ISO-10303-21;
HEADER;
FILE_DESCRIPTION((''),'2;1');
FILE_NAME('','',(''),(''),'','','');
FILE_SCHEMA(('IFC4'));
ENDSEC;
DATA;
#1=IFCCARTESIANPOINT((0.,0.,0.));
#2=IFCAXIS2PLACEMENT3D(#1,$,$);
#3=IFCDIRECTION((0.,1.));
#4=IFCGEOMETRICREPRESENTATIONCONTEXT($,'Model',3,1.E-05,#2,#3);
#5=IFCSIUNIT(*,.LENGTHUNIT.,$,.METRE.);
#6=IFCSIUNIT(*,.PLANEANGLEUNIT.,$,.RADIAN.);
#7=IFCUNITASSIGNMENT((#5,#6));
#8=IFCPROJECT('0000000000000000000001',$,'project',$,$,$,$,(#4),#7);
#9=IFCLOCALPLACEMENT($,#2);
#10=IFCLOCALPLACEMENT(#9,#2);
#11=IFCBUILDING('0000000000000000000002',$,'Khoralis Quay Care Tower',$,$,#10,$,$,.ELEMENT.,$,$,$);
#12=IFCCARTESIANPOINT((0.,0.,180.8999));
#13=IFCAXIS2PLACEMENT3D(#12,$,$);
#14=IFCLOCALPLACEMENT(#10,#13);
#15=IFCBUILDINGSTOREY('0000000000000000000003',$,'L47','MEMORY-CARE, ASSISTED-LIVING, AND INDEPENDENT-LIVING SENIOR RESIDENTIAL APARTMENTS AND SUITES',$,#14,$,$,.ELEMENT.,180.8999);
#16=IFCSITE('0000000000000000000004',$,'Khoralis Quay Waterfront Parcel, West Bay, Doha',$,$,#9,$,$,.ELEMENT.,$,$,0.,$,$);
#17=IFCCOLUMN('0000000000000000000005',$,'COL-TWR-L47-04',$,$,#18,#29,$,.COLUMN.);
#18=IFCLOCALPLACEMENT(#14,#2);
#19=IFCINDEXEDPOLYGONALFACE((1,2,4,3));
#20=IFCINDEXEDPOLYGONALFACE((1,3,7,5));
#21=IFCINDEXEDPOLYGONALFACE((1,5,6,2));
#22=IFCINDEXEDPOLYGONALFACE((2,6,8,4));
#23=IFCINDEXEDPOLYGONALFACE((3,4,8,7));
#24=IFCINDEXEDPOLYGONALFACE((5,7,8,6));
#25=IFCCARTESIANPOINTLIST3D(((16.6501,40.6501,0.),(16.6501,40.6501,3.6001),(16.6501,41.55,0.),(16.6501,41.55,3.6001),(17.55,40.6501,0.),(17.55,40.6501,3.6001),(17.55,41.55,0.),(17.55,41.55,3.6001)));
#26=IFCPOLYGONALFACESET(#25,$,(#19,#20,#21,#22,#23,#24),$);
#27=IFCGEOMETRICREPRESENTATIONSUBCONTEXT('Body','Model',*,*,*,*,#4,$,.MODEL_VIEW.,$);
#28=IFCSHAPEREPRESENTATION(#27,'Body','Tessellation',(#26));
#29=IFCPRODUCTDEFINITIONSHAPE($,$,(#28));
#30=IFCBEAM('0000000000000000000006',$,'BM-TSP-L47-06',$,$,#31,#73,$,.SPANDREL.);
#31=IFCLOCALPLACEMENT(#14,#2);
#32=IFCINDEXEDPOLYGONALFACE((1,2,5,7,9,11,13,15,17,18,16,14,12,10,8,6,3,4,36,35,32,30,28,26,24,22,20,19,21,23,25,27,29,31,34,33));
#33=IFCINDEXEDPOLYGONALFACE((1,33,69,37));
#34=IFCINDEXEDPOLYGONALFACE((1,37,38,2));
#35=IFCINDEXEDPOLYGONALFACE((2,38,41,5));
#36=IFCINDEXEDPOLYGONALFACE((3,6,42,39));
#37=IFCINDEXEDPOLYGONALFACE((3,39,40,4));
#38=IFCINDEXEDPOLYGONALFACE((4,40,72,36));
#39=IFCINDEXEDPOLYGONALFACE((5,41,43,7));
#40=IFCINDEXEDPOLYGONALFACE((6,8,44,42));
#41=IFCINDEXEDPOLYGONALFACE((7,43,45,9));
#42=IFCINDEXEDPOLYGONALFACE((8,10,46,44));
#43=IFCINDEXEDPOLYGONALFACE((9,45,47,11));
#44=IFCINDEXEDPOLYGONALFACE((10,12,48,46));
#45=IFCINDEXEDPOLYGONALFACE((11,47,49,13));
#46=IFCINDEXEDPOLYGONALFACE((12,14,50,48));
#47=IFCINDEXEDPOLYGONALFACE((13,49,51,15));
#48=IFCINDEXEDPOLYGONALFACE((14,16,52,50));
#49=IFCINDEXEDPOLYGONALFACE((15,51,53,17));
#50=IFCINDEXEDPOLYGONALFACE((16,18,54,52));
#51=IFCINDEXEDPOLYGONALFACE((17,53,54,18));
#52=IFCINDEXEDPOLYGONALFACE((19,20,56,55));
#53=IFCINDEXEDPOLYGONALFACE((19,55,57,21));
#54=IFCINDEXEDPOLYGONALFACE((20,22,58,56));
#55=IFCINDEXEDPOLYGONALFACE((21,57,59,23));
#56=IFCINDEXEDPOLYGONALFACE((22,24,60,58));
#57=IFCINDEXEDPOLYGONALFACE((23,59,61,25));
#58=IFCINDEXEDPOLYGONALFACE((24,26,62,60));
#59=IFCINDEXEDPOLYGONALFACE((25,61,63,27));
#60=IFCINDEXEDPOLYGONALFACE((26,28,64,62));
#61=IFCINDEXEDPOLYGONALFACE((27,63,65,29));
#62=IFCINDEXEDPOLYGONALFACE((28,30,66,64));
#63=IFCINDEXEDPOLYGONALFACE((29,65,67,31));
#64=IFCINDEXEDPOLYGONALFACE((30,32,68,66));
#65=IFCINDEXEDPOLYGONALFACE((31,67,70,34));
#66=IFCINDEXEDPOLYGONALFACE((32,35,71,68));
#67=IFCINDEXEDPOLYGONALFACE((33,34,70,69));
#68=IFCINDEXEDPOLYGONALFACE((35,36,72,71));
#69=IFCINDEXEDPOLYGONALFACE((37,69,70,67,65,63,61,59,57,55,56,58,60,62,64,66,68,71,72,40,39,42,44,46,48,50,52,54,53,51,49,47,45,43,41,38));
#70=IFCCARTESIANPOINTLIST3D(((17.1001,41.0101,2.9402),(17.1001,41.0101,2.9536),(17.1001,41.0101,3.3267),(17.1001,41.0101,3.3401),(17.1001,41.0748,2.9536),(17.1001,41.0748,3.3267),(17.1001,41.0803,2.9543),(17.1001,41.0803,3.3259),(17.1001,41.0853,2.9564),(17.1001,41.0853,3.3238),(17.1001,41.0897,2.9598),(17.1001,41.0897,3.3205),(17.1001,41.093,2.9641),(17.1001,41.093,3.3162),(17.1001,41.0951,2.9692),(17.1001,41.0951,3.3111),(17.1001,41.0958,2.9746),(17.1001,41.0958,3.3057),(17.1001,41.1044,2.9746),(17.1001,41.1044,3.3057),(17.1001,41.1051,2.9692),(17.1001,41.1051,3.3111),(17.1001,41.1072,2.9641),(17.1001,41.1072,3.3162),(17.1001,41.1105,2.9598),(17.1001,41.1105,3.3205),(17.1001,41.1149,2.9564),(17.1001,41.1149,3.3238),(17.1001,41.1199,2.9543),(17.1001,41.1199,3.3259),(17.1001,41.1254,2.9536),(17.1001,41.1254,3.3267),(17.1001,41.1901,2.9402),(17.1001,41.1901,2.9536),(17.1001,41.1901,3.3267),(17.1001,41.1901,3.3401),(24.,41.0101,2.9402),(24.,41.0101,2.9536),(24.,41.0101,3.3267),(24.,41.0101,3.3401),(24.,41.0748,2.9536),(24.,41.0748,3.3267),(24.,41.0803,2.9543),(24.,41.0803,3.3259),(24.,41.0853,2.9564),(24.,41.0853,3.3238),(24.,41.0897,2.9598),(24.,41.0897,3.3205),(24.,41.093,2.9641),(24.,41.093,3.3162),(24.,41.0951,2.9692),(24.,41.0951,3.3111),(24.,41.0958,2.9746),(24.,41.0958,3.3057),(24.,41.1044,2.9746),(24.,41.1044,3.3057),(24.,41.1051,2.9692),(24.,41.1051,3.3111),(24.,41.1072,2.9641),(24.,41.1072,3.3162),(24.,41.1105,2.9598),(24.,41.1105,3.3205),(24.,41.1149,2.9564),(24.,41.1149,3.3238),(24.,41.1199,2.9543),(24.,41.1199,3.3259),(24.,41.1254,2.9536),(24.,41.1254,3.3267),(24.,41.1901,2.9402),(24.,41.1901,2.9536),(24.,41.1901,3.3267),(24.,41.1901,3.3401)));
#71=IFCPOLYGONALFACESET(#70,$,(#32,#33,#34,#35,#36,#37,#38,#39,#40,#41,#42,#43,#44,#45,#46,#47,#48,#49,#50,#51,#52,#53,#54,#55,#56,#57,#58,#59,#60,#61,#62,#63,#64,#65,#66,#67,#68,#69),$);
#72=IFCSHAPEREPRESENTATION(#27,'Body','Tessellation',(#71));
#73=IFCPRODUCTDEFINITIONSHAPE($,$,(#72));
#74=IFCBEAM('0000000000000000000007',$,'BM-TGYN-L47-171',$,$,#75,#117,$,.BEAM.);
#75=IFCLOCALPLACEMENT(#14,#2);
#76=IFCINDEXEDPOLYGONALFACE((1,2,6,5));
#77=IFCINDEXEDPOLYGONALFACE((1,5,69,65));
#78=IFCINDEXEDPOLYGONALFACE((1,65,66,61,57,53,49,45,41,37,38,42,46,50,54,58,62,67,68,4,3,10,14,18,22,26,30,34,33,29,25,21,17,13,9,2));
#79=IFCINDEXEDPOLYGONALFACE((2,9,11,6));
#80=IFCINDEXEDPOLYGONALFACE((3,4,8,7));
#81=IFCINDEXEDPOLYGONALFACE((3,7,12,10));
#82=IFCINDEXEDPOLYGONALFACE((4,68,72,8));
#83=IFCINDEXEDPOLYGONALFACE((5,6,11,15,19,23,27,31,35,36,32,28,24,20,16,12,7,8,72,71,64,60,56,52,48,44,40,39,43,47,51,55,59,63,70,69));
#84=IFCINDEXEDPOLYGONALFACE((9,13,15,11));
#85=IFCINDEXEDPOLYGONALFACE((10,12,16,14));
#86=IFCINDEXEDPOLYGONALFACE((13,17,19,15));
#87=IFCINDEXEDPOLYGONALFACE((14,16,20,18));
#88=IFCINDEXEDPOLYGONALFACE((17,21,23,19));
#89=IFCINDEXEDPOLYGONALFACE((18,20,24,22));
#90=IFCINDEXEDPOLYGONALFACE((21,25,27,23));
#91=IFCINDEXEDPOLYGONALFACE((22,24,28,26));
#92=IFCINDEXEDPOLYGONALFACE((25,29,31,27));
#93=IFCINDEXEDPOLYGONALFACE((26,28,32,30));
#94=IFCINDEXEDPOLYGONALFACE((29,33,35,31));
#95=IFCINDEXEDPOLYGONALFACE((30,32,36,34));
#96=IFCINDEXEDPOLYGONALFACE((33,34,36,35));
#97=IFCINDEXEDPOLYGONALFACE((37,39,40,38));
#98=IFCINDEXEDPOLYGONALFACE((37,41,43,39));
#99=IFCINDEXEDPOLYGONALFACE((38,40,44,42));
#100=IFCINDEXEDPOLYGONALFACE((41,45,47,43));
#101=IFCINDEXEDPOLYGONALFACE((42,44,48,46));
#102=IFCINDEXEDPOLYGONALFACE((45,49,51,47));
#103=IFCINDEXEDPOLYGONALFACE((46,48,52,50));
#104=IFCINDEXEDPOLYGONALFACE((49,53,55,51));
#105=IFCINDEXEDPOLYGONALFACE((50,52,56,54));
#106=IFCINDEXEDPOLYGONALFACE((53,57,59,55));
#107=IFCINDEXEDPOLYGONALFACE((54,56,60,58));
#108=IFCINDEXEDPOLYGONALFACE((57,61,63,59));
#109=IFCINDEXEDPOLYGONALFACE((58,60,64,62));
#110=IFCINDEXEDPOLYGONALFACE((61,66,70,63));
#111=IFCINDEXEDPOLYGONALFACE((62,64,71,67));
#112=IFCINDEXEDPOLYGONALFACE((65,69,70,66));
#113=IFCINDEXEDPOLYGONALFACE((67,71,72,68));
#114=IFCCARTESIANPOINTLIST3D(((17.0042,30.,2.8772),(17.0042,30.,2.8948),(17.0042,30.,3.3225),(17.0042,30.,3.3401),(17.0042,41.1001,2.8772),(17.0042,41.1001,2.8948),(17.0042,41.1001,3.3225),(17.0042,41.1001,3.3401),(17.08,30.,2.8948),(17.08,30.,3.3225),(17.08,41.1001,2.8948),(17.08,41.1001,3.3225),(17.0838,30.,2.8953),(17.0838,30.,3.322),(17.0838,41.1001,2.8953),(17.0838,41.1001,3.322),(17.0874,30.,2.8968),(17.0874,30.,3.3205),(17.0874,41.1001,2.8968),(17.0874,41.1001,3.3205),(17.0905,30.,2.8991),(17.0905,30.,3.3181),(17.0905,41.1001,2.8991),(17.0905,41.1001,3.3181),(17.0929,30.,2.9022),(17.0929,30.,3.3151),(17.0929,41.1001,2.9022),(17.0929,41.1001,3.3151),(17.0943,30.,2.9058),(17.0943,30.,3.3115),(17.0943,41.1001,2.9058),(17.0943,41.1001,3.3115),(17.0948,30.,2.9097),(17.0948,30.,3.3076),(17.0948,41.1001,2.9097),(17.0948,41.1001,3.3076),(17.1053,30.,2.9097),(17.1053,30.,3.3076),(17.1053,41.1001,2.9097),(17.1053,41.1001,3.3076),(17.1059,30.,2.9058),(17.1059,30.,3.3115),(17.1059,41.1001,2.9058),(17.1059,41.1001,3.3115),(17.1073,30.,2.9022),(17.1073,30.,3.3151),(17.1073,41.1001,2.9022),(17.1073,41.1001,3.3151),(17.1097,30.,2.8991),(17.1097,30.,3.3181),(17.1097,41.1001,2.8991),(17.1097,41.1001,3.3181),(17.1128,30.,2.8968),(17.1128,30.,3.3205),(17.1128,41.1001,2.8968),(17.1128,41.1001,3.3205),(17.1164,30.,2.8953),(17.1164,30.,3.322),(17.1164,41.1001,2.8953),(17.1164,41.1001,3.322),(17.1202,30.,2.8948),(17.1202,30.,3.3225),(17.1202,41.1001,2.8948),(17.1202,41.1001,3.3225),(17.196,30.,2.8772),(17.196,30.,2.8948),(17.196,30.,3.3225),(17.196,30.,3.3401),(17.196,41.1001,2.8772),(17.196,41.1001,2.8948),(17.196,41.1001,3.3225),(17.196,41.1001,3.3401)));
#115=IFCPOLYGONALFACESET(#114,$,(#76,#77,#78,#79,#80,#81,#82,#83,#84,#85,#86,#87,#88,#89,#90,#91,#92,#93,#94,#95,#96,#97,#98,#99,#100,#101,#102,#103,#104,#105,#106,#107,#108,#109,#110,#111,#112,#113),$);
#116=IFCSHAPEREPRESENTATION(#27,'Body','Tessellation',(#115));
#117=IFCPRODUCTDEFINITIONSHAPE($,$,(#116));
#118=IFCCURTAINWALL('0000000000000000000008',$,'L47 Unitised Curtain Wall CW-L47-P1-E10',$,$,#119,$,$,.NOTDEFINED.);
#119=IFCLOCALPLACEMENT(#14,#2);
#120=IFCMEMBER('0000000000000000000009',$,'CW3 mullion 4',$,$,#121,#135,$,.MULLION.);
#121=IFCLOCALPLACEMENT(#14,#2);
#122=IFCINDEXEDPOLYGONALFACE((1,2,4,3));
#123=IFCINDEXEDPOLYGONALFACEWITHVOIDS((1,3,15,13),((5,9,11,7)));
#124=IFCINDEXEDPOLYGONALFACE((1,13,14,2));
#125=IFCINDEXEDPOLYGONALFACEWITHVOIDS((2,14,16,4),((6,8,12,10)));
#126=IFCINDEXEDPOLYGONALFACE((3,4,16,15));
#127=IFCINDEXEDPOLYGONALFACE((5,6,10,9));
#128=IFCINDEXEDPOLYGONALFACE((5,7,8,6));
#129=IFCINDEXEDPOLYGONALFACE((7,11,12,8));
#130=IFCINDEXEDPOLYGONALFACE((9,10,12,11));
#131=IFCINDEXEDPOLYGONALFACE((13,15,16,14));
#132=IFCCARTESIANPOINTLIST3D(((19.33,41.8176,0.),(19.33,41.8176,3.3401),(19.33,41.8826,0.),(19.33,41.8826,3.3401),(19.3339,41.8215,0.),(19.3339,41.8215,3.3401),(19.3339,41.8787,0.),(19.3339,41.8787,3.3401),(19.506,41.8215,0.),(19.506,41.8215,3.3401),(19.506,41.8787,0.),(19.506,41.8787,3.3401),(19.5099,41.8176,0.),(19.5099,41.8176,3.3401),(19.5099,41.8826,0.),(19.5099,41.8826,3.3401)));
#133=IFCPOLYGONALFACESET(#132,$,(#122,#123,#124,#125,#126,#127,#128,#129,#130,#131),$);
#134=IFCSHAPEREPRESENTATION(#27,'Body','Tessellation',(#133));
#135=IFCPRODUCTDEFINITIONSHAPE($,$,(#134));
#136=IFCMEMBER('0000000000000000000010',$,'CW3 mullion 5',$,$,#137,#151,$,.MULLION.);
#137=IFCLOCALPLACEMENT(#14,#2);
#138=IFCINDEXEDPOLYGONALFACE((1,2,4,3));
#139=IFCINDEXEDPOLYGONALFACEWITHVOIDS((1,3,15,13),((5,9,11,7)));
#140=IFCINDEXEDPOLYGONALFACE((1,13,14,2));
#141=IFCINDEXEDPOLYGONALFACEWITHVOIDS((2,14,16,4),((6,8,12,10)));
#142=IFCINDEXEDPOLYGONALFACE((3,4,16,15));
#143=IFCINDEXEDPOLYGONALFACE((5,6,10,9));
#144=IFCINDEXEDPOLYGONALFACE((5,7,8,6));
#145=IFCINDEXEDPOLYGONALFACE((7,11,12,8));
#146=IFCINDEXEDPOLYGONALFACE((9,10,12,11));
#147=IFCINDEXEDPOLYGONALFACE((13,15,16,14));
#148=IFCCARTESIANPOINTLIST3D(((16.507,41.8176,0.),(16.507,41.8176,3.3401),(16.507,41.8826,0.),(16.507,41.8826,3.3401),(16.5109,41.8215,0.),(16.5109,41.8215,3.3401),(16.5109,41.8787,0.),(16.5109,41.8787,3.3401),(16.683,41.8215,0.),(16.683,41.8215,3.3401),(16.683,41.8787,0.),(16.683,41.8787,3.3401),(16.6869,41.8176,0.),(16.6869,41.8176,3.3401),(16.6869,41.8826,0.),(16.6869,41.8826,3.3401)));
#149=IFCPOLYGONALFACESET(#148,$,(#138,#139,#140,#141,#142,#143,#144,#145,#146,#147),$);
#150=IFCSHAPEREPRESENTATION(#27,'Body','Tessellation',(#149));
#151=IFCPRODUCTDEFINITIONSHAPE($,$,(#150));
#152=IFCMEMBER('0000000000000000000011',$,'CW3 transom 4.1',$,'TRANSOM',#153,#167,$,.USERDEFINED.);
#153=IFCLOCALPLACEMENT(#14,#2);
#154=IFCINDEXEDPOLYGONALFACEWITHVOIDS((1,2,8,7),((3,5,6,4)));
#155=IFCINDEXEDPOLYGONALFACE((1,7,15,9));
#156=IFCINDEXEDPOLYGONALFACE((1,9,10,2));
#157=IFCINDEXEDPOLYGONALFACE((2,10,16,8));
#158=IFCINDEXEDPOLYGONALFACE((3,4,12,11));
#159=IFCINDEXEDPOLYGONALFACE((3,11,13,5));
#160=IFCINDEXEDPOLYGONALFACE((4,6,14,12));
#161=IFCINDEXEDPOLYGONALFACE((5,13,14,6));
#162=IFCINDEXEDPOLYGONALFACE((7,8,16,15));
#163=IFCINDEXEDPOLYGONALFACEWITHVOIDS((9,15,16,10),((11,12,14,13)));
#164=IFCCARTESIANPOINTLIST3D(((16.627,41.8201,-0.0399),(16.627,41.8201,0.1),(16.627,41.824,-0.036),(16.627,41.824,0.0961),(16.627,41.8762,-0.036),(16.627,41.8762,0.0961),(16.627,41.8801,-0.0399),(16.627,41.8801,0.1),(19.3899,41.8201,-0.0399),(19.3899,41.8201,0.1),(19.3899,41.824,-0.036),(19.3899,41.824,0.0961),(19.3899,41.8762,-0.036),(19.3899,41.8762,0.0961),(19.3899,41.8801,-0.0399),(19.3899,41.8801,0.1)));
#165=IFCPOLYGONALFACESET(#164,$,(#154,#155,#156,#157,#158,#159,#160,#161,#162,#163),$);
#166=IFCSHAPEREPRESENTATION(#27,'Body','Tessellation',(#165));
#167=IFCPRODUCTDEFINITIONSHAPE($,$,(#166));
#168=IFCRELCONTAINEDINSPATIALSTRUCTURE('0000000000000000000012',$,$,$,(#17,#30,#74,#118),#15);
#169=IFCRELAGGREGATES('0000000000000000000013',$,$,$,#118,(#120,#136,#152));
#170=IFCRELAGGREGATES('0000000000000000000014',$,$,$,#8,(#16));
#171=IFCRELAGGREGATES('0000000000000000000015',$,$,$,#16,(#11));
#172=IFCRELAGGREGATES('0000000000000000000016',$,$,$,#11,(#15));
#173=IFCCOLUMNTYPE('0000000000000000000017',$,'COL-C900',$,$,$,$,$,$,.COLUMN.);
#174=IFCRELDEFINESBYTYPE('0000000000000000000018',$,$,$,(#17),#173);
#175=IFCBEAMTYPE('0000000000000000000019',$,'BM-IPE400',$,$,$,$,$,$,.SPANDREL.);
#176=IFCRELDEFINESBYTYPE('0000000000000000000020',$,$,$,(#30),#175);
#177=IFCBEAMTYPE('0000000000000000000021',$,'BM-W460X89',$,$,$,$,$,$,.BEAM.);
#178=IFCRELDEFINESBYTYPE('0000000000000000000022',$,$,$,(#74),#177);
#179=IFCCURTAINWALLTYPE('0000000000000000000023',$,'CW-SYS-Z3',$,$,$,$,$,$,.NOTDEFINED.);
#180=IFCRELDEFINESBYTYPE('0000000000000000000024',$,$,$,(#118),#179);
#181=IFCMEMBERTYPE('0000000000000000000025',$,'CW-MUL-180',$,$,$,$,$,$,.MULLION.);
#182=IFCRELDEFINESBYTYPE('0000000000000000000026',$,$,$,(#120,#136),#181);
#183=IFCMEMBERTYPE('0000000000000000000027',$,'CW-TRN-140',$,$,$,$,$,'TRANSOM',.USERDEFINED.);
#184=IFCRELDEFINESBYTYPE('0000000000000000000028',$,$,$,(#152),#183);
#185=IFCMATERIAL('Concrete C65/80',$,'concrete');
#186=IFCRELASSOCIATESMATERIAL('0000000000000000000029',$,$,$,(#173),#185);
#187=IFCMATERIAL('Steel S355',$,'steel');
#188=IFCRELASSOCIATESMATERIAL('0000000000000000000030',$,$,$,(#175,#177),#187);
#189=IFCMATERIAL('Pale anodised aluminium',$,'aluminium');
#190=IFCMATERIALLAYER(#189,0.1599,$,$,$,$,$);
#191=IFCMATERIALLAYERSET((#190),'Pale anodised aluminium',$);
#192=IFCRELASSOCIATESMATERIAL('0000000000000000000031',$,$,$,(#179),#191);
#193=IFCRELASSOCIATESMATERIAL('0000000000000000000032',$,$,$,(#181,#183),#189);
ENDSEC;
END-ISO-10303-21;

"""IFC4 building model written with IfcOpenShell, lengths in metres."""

from ifc_helpers import new_model, si_unit, direction, frame, origin, origin_2d, place, context, subcontext, project, spatial, rectangle, hollow_rectangle, i_section, extrude, source, transform, mapped, material, layer, layer_set, material_profile, profile_set, type_object, element, aggregate, save


model = new_model("IFC4")

# Units and contexts
model_context = context("Model", 3, precision=1e-05, world=origin(), true_north=direction((0.0, 1.0)))
body_context = subcontext(model_context, "Body", "Model", "MODEL_VIEW")
ifc_project = project(units=[si_unit("LENGTHUNIT", "METRE"), si_unit("PLANEANGLEUNIT", "RADIAN")], contexts=[model_context])

# Site, building, storey
site_placement = place(None, origin())
site = spatial("IfcSite", under=ifc_project, at=site_placement, Name="Khoralis Quay Waterfront Parcel, West Bay, Doha", CompositionType="ELEMENT", RefElevation=0.0)
building_placement = place(site_placement, origin())
building = spatial("IfcBuilding", under=site, at=building_placement, Name="Khoralis Quay Care Tower", CompositionType="ELEMENT")
storey_placement = place(building_placement, frame((0.0, 0.0, 180.8999)))
storey = spatial("IfcBuildingStorey", under=building, at=storey_placement, Name="L47", Description="MEMORY-CARE, ASSISTED-LIVING, AND INDEPENDENT-LIVING SENIOR RESIDENTIAL APARTMENTS AND SUITES", CompositionType="ELEMENT", Elevation=180.8999)

# Column
ifc_material_1 = material(Name="Concrete C65/80", Category="concrete")
ifc_material_profile_1 = material_profile(ifc_material_1, rectangle(XDim=0.8999, YDim=0.8999, at=origin_2d()), Name="Concrete C65/80")
ifc_profile_set_1 = profile_set([ifc_material_profile_1], Name="Concrete C65/80")
column_type = type_object("IfcColumnType", Name="COL-C900", PredefinedType="COLUMN", material=ifc_profile_set_1)
shared_shape_1 = source(origin(), body_context, "Body", "SweptSolid", [
    extrude(rectangle(XDim=0.8999, YDim=0.8999, at=origin_2d()), origin(), (0.0, 0.0, 1.0), 3.6001),
])
column_placement = place(storey_placement, frame((17.1001, 41.1001, 0.0), z_axis=(0.0, 0.0, 1.0), x_axis=(1.0, 0.0, 0.0)))
element("IfcColumn", 1, at=column_placement, inside=storey, type_object=column_type, Name="COL-TWR-L47-04", PredefinedType="COLUMN", context=body_context, shape_type="MappedRepresentation", body=[
    mapped(shared_shape_1, transform((0.0, 0.0, 0.0), scale=1.0)),
])

# Beams
ifc_material_2 = material(Name="Steel S355", Category="steel")
ifc_material_profile_2 = material_profile(ifc_material_2, i_section(OverallWidth=0.1799, OverallDepth=0.3999, WebThickness=0.0085, FlangeThickness=0.0134, FilletRadius=0.021, at=origin_2d()), Name="Steel S355")
ifc_profile_set_2 = profile_set([ifc_material_profile_2], Name="Steel S355")
beam_type_1 = type_object("IfcBeamType", Name="BM-IPE400", PredefinedType="SPANDREL", material=ifc_profile_set_2)
shared_shape_2 = source(origin(), body_context, "Body", "SweptSolid", [
    extrude(i_section(OverallWidth=0.1799, OverallDepth=0.3999, WebThickness=0.0085, FlangeThickness=0.0134, FilletRadius=0.021, at=origin_2d()), origin(), (0.0, 0.0, 1.0), 6.8999),
])
beam_1_placement = place(storey_placement, frame((17.1001, 41.1001, 3.1401), z_axis=(1.0, 0.0, 0.0), x_axis=(0.0, 1.0, 0.0)))
element("IfcBeam", 2, at=beam_1_placement, inside=storey, type_object=beam_type_1, Name="BM-TSP-L47-06", PredefinedType="SPANDREL", context=body_context, shape_type="MappedRepresentation", body=[
    mapped(shared_shape_2, transform((0.0, 0.0, 0.0), scale=1.0)),
])
ifc_material_profile_3 = material_profile(ifc_material_2, i_section(OverallWidth=0.1919, OverallDepth=0.4629, WebThickness=0.0105, FlangeThickness=0.0176, FilletRadius=0.0149, at=origin_2d()), Name="Steel S355")
ifc_profile_set_3 = profile_set([ifc_material_profile_3], Name="Steel S355")
beam_type_2 = type_object("IfcBeamType", Name="BM-W460X89", PredefinedType="BEAM", material=ifc_profile_set_3)
shared_shape_3 = source(origin(), body_context, "Body", "SweptSolid", [
    extrude(i_section(OverallWidth=0.1919, OverallDepth=0.4629, WebThickness=0.0105, FlangeThickness=0.0176, FilletRadius=0.0149, at=origin_2d()), origin(), (0.0, 0.0, 1.0), 11.1001),
])
beam_2_placement = place(storey_placement, frame((17.1001, 30.0, 3.1086), z_axis=(0.0, 1.0, 0.0), x_axis=(-1.0, 0.0, 0.0)))
element("IfcBeam", 3, at=beam_2_placement, inside=storey, type_object=beam_type_2, Name="BM-TGYN-L47-171", PredefinedType="BEAM", context=body_context, shape_type="MappedRepresentation", body=[
    mapped(shared_shape_3, transform((0.0, 0.0, 0.0), scale=1.0)),
])

# Curtain wall, members
ifc_material_3 = material(Name="Pale anodised aluminium", Category="aluminium")
ifc_layer_1 = layer(ifc_material_3, 0.1599)
ifc_layer_set_1 = layer_set([ifc_layer_1], Name="Pale anodised aluminium")
curtain_wall_type = type_object("IfcCurtainWallType", Name="CW-SYS-Z3", PredefinedType="NOTDEFINED", material=ifc_layer_set_1)
curtain_wall_placement = place(storey_placement, origin())
curtain_wall = element("IfcCurtainWall", 4, at=curtain_wall_placement, inside=storey, type_object=curtain_wall_type, Name="L47 Unitised Curtain Wall CW-L47-P1-E10", PredefinedType="NOTDEFINED")
ifc_material_profile_4 = material_profile(ifc_material_3, hollow_rectangle(XDim=0.0649, YDim=0.1799, WallThickness=0.0039, at=origin_2d()), Name="Pale anodised aluminium")
ifc_profile_set_4 = profile_set([ifc_material_profile_4], Name="Pale anodised aluminium")
member_type_1 = type_object("IfcMemberType", Name="CW-MUL-180", PredefinedType="MULLION", material=ifc_profile_set_4)
shared_shape_4 = source(origin(), body_context, "Body", "SweptSolid", [
    extrude(hollow_rectangle(XDim=0.0649, YDim=0.1799, WallThickness=0.0039, at=origin_2d()), origin(), (0.0, 0.0, 1.0), 3.3401),
])
member_1_placement = place(storey_placement, frame((19.4199, 41.8501, 0.0), z_axis=(0.0, 0.0, 1.0), x_axis=(0.0, -1.0, 0.0)))
member_1 = element("IfcMember", 5, at=member_1_placement, type_object=member_type_1, Name="CW3 mullion 4", PredefinedType="MULLION", context=body_context, shape_type="MappedRepresentation", body=[
    mapped(shared_shape_4, transform((0.0, 0.0, 0.0), scale=1.0)),
])
member_2_placement = place(storey_placement, frame((16.5969, 41.8501, 0.0), z_axis=(0.0, 0.0, 1.0), x_axis=(0.0, -1.0, 0.0)))
member_2 = element("IfcMember", 6, at=member_2_placement, type_object=member_type_1, Name="CW3 mullion 5", PredefinedType="MULLION", context=body_context, shape_type="MappedRepresentation", body=[
    mapped(shared_shape_4, transform((0.0, 0.0, 0.0), scale=1.0)),
])
ifc_material_profile_5 = material_profile(ifc_material_3, hollow_rectangle(XDim=0.0601, YDim=0.1399, WallThickness=0.0039, at=origin_2d()), Name="Pale anodised aluminium")
ifc_profile_set_5 = profile_set([ifc_material_profile_5], Name="Pale anodised aluminium")
member_type_2 = type_object("IfcMemberType", Name="CW-TRN-140", ElementType="TRANSOM", PredefinedType="USERDEFINED", material=ifc_profile_set_5)
shared_shape_5 = source(origin(), body_context, "Body", "SweptSolid", [
    extrude(hollow_rectangle(XDim=0.0601, YDim=0.1399, WallThickness=0.0039, at=origin_2d()), origin(), (0.0, 0.0, 1.0), 2.7629),
])
member_3_placement = place(storey_placement, frame((19.3899, 41.8501, 0.03), z_axis=(-1.0, 0.0, 0.0), x_axis=(0.0, -1.0, 0.0)))
member_3 = element("IfcMember", 7, at=member_3_placement, type_object=member_type_2, Name="CW3 transom 4.1", ObjectType="TRANSOM", PredefinedType="USERDEFINED", context=body_context, shape_type="MappedRepresentation", body=[
    mapped(shared_shape_5, transform((0.0, 0.0, 0.0), scale=1.0)),
])
aggregate(curtain_wall, [member_1, member_2, member_3])

save(model, "model.ifc")
